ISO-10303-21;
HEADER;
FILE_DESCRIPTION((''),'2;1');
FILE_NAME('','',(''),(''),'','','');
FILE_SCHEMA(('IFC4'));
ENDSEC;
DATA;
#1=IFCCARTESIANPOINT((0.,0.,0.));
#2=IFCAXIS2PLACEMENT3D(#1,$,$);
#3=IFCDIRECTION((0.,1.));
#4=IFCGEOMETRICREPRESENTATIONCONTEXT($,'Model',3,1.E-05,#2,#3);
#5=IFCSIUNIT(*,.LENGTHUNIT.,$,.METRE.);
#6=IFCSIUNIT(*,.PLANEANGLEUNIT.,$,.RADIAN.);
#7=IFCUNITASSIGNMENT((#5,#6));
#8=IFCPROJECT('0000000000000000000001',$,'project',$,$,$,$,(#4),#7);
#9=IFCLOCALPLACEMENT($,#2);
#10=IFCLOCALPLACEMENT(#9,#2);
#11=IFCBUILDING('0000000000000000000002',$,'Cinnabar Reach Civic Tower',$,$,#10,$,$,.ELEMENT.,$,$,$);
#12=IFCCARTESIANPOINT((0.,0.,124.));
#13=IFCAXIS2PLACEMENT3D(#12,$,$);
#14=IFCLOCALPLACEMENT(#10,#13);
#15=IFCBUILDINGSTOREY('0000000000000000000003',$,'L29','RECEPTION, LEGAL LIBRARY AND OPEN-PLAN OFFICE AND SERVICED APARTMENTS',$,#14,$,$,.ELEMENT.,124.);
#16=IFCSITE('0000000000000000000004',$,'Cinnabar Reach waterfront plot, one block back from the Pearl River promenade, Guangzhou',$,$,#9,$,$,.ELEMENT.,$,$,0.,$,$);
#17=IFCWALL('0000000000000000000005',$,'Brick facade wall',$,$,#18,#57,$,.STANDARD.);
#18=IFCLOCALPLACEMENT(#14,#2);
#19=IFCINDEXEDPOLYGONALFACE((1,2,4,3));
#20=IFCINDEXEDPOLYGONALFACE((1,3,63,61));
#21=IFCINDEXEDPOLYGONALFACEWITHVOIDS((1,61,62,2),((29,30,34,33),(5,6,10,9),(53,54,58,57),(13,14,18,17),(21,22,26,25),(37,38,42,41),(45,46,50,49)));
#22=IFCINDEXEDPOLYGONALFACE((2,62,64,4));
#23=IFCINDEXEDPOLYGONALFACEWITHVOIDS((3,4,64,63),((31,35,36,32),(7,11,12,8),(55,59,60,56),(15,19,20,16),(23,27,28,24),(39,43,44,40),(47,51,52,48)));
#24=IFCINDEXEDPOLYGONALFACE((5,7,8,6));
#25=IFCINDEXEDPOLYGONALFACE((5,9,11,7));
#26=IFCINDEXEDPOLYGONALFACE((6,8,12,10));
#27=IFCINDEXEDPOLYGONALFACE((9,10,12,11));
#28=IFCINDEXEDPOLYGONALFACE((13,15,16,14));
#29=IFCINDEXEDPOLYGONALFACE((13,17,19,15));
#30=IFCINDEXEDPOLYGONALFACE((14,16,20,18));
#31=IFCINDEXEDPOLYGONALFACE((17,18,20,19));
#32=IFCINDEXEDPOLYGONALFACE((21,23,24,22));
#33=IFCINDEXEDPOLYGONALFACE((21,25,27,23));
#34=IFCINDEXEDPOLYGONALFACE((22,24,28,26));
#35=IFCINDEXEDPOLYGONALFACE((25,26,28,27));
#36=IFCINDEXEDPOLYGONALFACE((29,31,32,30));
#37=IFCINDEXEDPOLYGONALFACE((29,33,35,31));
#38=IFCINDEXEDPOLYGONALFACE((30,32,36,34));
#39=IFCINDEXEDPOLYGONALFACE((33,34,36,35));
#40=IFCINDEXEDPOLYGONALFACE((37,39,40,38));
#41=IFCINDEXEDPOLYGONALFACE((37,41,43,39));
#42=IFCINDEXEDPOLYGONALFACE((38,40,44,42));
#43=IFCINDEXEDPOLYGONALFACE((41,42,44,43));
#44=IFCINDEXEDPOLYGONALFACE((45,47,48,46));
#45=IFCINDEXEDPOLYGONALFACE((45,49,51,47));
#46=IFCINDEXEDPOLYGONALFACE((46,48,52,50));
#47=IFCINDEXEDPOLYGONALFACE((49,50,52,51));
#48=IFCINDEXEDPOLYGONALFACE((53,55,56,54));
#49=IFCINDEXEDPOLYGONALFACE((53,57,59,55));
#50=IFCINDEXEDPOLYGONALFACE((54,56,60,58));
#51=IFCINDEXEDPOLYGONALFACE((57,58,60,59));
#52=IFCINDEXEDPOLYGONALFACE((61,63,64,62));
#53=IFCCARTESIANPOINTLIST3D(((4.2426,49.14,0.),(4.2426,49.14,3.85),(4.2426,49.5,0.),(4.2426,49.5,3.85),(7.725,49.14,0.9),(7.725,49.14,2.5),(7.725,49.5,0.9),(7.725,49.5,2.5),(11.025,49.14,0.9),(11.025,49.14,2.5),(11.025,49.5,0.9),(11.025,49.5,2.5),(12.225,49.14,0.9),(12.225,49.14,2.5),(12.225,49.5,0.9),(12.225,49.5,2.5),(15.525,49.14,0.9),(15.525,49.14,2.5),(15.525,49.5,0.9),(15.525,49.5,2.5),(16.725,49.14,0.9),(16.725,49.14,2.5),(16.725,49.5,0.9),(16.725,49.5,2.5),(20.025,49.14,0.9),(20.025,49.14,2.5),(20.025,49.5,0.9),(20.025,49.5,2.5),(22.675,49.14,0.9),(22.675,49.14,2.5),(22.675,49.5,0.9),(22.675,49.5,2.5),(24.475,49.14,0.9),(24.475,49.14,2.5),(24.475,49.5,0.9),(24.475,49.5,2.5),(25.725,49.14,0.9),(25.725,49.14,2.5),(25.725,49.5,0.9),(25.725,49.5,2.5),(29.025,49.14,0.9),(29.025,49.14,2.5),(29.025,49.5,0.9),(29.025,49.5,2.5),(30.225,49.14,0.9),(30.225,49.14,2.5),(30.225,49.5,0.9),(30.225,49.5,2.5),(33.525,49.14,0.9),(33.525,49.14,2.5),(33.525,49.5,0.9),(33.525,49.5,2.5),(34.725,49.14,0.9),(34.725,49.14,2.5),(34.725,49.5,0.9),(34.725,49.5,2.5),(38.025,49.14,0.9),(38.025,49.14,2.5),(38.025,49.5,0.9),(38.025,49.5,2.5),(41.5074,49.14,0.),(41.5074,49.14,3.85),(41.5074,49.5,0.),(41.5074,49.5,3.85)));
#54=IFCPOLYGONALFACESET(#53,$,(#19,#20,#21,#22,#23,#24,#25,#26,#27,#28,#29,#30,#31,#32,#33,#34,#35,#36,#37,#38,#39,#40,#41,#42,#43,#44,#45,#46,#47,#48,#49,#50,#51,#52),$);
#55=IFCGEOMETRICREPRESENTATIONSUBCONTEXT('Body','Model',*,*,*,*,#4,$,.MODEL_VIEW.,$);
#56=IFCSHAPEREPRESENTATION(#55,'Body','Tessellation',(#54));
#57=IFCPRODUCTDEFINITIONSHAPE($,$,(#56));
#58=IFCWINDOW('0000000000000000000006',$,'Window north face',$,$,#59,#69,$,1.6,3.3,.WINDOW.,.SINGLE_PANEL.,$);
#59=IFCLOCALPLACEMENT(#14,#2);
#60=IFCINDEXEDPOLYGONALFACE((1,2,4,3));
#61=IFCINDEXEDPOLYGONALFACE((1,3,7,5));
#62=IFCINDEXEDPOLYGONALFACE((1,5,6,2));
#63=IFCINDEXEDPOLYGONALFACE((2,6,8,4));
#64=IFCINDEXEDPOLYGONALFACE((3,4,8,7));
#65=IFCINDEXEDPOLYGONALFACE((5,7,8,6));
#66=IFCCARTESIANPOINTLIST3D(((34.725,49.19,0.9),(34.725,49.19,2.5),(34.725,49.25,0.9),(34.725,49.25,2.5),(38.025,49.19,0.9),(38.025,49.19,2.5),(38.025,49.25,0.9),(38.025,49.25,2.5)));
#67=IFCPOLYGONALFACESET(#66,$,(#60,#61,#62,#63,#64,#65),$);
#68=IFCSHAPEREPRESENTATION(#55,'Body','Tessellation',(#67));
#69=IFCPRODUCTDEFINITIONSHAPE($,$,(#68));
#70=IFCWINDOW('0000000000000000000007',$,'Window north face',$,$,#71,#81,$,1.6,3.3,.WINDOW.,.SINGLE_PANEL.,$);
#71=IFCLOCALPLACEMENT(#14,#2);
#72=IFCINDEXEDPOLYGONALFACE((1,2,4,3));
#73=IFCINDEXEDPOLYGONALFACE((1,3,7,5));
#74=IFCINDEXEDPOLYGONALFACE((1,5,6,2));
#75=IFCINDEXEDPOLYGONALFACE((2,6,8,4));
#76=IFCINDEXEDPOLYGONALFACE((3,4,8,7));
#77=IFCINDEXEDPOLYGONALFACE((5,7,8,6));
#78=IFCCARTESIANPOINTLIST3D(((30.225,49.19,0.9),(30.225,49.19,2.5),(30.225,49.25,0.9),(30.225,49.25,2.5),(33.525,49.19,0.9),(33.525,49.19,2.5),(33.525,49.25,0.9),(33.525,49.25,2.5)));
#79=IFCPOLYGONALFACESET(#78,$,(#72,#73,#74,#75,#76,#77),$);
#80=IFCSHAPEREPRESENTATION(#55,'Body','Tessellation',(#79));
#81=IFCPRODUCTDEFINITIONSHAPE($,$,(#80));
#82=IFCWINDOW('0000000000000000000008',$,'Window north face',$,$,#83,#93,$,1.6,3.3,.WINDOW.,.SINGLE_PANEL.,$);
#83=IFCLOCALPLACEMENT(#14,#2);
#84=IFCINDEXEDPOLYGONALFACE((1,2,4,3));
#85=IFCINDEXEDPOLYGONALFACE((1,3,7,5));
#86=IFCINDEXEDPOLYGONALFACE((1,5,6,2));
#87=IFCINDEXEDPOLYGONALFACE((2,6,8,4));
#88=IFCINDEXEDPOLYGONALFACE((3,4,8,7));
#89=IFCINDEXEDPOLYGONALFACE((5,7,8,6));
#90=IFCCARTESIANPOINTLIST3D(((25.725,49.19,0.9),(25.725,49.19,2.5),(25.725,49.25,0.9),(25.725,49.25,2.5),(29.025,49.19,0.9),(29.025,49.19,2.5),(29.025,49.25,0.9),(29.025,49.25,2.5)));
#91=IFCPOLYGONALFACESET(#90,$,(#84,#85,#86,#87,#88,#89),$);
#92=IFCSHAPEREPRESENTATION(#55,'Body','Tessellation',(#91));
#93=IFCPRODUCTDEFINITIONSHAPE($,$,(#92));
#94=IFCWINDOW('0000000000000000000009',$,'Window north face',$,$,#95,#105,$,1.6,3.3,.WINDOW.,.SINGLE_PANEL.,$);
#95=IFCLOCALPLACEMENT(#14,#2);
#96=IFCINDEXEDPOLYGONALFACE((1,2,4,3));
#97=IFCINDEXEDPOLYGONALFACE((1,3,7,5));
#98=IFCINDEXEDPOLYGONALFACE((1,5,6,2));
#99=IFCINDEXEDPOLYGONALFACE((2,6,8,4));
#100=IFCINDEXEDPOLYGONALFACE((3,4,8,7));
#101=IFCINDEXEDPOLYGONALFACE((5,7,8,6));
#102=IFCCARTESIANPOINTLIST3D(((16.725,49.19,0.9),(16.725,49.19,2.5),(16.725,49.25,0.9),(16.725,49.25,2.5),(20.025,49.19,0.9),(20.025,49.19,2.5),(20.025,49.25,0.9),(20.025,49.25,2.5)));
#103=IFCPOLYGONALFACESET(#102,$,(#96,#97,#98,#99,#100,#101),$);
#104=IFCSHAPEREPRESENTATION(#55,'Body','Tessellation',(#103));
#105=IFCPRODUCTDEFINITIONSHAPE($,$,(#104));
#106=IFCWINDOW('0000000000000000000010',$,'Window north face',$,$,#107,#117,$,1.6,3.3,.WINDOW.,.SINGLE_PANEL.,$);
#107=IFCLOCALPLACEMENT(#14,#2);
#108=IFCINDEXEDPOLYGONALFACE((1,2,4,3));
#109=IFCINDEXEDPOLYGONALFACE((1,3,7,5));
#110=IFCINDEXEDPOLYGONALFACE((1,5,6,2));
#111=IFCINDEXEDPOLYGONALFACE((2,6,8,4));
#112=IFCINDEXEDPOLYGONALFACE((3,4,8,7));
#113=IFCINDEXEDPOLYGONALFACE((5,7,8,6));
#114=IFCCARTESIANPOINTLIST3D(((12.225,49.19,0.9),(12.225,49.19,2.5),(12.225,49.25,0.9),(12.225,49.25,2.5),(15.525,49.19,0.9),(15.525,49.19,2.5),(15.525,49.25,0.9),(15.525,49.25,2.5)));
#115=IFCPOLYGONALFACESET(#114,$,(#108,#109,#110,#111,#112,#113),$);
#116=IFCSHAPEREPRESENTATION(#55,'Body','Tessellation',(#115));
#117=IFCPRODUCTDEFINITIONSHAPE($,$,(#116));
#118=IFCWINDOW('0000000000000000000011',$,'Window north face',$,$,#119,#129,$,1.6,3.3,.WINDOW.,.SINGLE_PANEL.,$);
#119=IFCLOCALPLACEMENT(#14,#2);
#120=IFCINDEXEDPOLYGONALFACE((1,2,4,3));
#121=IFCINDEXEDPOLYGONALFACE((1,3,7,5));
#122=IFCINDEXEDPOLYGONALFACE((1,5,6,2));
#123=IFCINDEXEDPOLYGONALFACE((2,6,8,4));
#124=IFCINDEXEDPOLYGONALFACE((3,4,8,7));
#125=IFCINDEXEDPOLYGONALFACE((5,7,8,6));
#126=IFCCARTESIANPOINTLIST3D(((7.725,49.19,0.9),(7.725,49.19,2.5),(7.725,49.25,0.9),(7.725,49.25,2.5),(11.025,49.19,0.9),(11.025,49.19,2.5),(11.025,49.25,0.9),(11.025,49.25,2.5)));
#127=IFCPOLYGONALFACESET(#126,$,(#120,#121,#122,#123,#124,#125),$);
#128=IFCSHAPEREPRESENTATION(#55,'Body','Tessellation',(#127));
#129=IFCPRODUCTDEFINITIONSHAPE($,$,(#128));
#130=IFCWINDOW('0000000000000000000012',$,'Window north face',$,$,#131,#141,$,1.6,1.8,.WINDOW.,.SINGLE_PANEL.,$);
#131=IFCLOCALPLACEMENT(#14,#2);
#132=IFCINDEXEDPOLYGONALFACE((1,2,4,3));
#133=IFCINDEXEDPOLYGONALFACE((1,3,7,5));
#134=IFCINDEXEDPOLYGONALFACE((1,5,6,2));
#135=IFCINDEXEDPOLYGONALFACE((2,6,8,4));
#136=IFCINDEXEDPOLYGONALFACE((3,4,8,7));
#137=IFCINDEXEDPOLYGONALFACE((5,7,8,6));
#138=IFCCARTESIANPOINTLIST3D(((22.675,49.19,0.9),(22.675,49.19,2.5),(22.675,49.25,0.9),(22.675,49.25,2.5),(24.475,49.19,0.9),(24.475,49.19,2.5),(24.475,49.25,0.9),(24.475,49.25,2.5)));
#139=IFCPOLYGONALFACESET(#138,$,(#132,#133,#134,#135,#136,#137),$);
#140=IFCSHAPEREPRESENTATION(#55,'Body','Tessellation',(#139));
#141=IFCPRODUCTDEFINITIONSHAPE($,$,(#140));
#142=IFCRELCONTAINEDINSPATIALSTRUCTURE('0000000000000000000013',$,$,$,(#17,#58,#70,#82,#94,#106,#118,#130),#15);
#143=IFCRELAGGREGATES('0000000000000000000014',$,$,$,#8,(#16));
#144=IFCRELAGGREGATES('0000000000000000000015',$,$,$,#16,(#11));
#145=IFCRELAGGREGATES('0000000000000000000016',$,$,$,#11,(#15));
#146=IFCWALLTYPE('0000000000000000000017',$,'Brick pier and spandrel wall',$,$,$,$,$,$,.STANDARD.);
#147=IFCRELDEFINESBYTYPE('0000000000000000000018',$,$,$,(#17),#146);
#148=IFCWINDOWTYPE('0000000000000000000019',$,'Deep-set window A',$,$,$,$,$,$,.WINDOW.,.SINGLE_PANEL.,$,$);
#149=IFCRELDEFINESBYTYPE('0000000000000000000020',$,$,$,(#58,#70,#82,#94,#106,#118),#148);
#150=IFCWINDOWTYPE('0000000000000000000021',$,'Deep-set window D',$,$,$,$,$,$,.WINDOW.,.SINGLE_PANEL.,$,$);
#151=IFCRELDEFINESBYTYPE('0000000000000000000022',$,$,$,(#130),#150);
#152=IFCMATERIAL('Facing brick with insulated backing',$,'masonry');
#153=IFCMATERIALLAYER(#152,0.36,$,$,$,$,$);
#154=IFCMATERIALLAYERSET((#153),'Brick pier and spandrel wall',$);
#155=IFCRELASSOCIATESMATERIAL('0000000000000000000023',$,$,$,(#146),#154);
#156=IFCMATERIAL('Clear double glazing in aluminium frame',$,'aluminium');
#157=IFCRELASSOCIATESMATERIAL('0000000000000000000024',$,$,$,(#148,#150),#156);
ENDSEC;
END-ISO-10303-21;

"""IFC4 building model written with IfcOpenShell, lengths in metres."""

from ifc_helpers import new_model, si_unit, direction, frame, frame_2d, origin, place, context, subcontext, project, spatial, rectangle, extrude, material, layer, layer_set, type_object, element, fill, save


model = new_model("IFC4")

# Units and contexts
model_context = context("Model", 3, precision=1e-05, world=origin(), true_north=direction((0.0, 1.0)))
body_context = subcontext(model_context, "Body", "Model", "MODEL_VIEW")
ifc_project = project(units=[si_unit("LENGTHUNIT", "METRE"), si_unit("PLANEANGLEUNIT", "RADIAN")], contexts=[model_context])

# Site, building, storey
site_placement = place(None, origin())
site = spatial("IfcSite", under=ifc_project, at=site_placement, Name="Cinnabar Reach waterfront plot, one block back from the Pearl River promenade, Guangzhou", CompositionType="ELEMENT", RefElevation=0.0)
building_placement = place(site_placement, origin())
building = spatial("IfcBuilding", under=site, at=building_placement, Name="Cinnabar Reach Civic Tower", CompositionType="ELEMENT")
storey_placement = place(building_placement, frame((0.0, 0.0, 124.0)))
storey = spatial("IfcBuildingStorey", under=building, at=storey_placement, Name="L29", Description="RECEPTION, LEGAL LIBRARY AND OPEN-PLAN OFFICE AND SERVICED APARTMENTS", CompositionType="ELEMENT", Elevation=124.0)

# Shared definitions
ifc_material_1 = material(Name="Facing brick with insulated backing", Category="masonry")

# Shared definitions
ifc_layer_1 = layer(ifc_material_1, 0.36)
ifc_layer_set_1 = layer_set([ifc_layer_1], Name="Brick pier and spandrel wall")
wall_type_1 = type_object("IfcWallType", Name="Brick pier and spandrel wall", PredefinedType="STANDARD", material=ifc_layer_set_1)
ifc_material_2 = material(Name="Clear double glazing in aluminium frame", Category="aluminium")
window_type_1 = type_object("IfcWindowType", Name="Deep-set window A", PartitioningType="SINGLE_PANEL", PredefinedType="WINDOW", material=ifc_material_2)

# Wall, openings, windows
wall_1_placement = place(storey_placement, frame((41.5074, 49.32, 0.0), z_axis=(0.0, 0.0, 1.0), x_axis=(-1.0, 0.0, 0.0)))
wall_1 = element("IfcWall", 1, at=wall_1_placement, inside=storey, type_object=wall_type_1, Name="Brick facade wall", PredefinedType="STANDARD", context=body_context, shape_type="SweptSolid", body=[
    extrude(rectangle(XDim=37.2648, YDim=0.36, at=frame_2d((18.6324, 0.0))), origin(), (0.0, 0.0, 1.0), 3.85),
])
opening_1_placement = place(wall_1_placement, frame((3.4824, 0.0, 0.9)))
opening_1 = element("IfcOpeningElement", 2, at=opening_1_placement, cuts=wall_1, PredefinedType="OPENING", context=body_context, shape_type="SweptSolid", body=[
    extrude(rectangle(XDim=3.3, YDim=1.6, at=frame_2d((1.65, 0.8))), frame((0.0, 0.19, 0.0), z_axis=(0.0, -1.0, 0.0), x_axis=(1.0, 0.0, 0.0)), (0.0, 0.0, 1.0), 0.38),
])
opening_2_placement = place(wall_1_placement, frame((7.9824, 0.0, 0.9)))
opening_2 = element("IfcOpeningElement", 3, at=opening_2_placement, cuts=wall_1, PredefinedType="OPENING", context=body_context, shape_type="SweptSolid", body=[
    extrude(rectangle(XDim=3.3, YDim=1.6, at=frame_2d((1.65, 0.8))), frame((0.0, 0.19, 0.0), z_axis=(0.0, -1.0, 0.0), x_axis=(1.0, 0.0, 0.0)), (0.0, 0.0, 1.0), 0.38),
])
opening_3_placement = place(wall_1_placement, frame((12.4824, 0.0, 0.9)))
opening_3 = element("IfcOpeningElement", 4, at=opening_3_placement, cuts=wall_1, PredefinedType="OPENING", context=body_context, shape_type="SweptSolid", body=[
    extrude(rectangle(XDim=3.3, YDim=1.6, at=frame_2d((1.65, 0.8))), frame((0.0, 0.19, 0.0), z_axis=(0.0, -1.0, 0.0), x_axis=(1.0, 0.0, 0.0)), (0.0, 0.0, 1.0), 0.38),
])
opening_4_placement = place(wall_1_placement, frame((17.0324, 0.0, 0.9)))
opening_4 = element("IfcOpeningElement", 5, at=opening_4_placement, cuts=wall_1, PredefinedType="OPENING", context=body_context, shape_type="SweptSolid", body=[
    extrude(rectangle(XDim=1.8, YDim=1.6, at=frame_2d((0.9, 0.8))), frame((0.0, 0.19, 0.0), z_axis=(0.0, -1.0, 0.0), x_axis=(1.0, 0.0, 0.0)), (0.0, 0.0, 1.0), 0.38),
])
opening_5_placement = place(wall_1_placement, frame((21.4824, 0.0, 0.9)))
opening_5 = element("IfcOpeningElement", 6, at=opening_5_placement, cuts=wall_1, PredefinedType="OPENING", context=body_context, shape_type="SweptSolid", body=[
    extrude(rectangle(XDim=3.3, YDim=1.6, at=frame_2d((1.65, 0.8))), frame((0.0, 0.19, 0.0), z_axis=(0.0, -1.0, 0.0), x_axis=(1.0, 0.0, 0.0)), (0.0, 0.0, 1.0), 0.38),
])
opening_6_placement = place(wall_1_placement, frame((25.9824, 0.0, 0.9)))
opening_6 = element("IfcOpeningElement", 7, at=opening_6_placement, cuts=wall_1, PredefinedType="OPENING", context=body_context, shape_type="SweptSolid", body=[
    extrude(rectangle(XDim=3.3, YDim=1.6, at=frame_2d((1.65, 0.8))), frame((0.0, 0.19, 0.0), z_axis=(0.0, -1.0, 0.0), x_axis=(1.0, 0.0, 0.0)), (0.0, 0.0, 1.0), 0.38),
])
opening_7_placement = place(wall_1_placement, frame((30.4824, 0.0, 0.9)))
opening_7 = element("IfcOpeningElement", 8, at=opening_7_placement, cuts=wall_1, PredefinedType="OPENING", context=body_context, shape_type="SweptSolid", body=[
    extrude(rectangle(XDim=3.3, YDim=1.6, at=frame_2d((1.65, 0.8))), frame((0.0, 0.19, 0.0), z_axis=(0.0, -1.0, 0.0), x_axis=(1.0, 0.0, 0.0)), (0.0, 0.0, 1.0), 0.38),
])
window_1_placement = place(opening_1_placement, origin())
window_1 = element("IfcWindow", 9, at=window_1_placement, inside=storey, type_object=window_type_1, Name="Window north face", OverallHeight=1.6, OverallWidth=3.3, PartitioningType="SINGLE_PANEL", PredefinedType="WINDOW", context=body_context, shape_type="SweptSolid", body=[
    extrude(rectangle(XDim=3.3, YDim=1.6, at=frame_2d((1.65, 0.8))), frame((0.0, 0.13, 0.0), z_axis=(0.0, -1.0, 0.0), x_axis=(1.0, 0.0, 0.0)), (0.0, 0.0, 1.0), 0.06),
])
fill(opening_1, window_1)
window_2_placement = place(opening_2_placement, origin())
window_2 = element("IfcWindow", 10, at=window_2_placement, inside=storey, type_object=window_type_1, Name="Window north face", OverallHeight=1.6, OverallWidth=3.3, PartitioningType="SINGLE_PANEL", PredefinedType="WINDOW", context=body_context, shape_type="SweptSolid", body=[
    extrude(rectangle(XDim=3.3, YDim=1.6, at=frame_2d((1.65, 0.8))), frame((0.0, 0.13, 0.0), z_axis=(0.0, -1.0, 0.0), x_axis=(1.0, 0.0, 0.0)), (0.0, 0.0, 1.0), 0.06),
])
fill(opening_2, window_2)
window_3_placement = place(opening_3_placement, origin())
window_3 = element("IfcWindow", 11, at=window_3_placement, inside=storey, type_object=window_type_1, Name="Window north face", OverallHeight=1.6, OverallWidth=3.3, PartitioningType="SINGLE_PANEL", PredefinedType="WINDOW", context=body_context, shape_type="SweptSolid", body=[
    extrude(rectangle(XDim=3.3, YDim=1.6, at=frame_2d((1.65, 0.8))), frame((0.0, 0.13, 0.0), z_axis=(0.0, -1.0, 0.0), x_axis=(1.0, 0.0, 0.0)), (0.0, 0.0, 1.0), 0.06),
])
fill(opening_3, window_3)
window_4_placement = place(opening_5_placement, origin())
window_4 = element("IfcWindow", 12, at=window_4_placement, inside=storey, type_object=window_type_1, Name="Window north face", OverallHeight=1.6, OverallWidth=3.3, PartitioningType="SINGLE_PANEL", PredefinedType="WINDOW", context=body_context, shape_type="SweptSolid", body=[
    extrude(rectangle(XDim=3.3, YDim=1.6, at=frame_2d((1.65, 0.8))), frame((0.0, 0.13, 0.0), z_axis=(0.0, -1.0, 0.0), x_axis=(1.0, 0.0, 0.0)), (0.0, 0.0, 1.0), 0.06),
])
fill(opening_5, window_4)
window_5_placement = place(opening_6_placement, origin())
window_5 = element("IfcWindow", 13, at=window_5_placement, inside=storey, type_object=window_type_1, Name="Window north face", OverallHeight=1.6, OverallWidth=3.3, PartitioningType="SINGLE_PANEL", PredefinedType="WINDOW", context=body_context, shape_type="SweptSolid", body=[
    extrude(rectangle(XDim=3.3, YDim=1.6, at=frame_2d((1.65, 0.8))), frame((0.0, 0.13, 0.0), z_axis=(0.0, -1.0, 0.0), x_axis=(1.0, 0.0, 0.0)), (0.0, 0.0, 1.0), 0.06),
])
fill(opening_6, window_5)
window_6_placement = place(opening_7_placement, origin())
window_6 = element("IfcWindow", 14, at=window_6_placement, inside=storey, type_object=window_type_1, Name="Window north face", OverallHeight=1.6, OverallWidth=3.3, PartitioningType="SINGLE_PANEL", PredefinedType="WINDOW", context=body_context, shape_type="SweptSolid", body=[
    extrude(rectangle(XDim=3.3, YDim=1.6, at=frame_2d((1.65, 0.8))), frame((0.0, 0.13, 0.0), z_axis=(0.0, -1.0, 0.0), x_axis=(1.0, 0.0, 0.0)), (0.0, 0.0, 1.0), 0.06),
])
fill(opening_7, window_6)
window_type_2 = type_object("IfcWindowType", Name="Deep-set window D", PartitioningType="SINGLE_PANEL", PredefinedType="WINDOW", material=ifc_material_2)
window_7_placement = place(opening_4_placement, origin())
window_7 = element("IfcWindow", 15, at=window_7_placement, inside=storey, type_object=window_type_2, Name="Window north face", OverallHeight=1.6, OverallWidth=1.8, PartitioningType="SINGLE_PANEL", PredefinedType="WINDOW", context=body_context, shape_type="SweptSolid", body=[
    extrude(rectangle(XDim=1.8, YDim=1.6, at=frame_2d((0.9, 0.8))), frame((0.0, 0.13, 0.0), z_axis=(0.0, -1.0, 0.0), x_axis=(1.0, 0.0, 0.0)), (0.0, 0.0, 1.0), 0.06),
])
fill(opening_4, window_7)

save(model, "model.ifc")
